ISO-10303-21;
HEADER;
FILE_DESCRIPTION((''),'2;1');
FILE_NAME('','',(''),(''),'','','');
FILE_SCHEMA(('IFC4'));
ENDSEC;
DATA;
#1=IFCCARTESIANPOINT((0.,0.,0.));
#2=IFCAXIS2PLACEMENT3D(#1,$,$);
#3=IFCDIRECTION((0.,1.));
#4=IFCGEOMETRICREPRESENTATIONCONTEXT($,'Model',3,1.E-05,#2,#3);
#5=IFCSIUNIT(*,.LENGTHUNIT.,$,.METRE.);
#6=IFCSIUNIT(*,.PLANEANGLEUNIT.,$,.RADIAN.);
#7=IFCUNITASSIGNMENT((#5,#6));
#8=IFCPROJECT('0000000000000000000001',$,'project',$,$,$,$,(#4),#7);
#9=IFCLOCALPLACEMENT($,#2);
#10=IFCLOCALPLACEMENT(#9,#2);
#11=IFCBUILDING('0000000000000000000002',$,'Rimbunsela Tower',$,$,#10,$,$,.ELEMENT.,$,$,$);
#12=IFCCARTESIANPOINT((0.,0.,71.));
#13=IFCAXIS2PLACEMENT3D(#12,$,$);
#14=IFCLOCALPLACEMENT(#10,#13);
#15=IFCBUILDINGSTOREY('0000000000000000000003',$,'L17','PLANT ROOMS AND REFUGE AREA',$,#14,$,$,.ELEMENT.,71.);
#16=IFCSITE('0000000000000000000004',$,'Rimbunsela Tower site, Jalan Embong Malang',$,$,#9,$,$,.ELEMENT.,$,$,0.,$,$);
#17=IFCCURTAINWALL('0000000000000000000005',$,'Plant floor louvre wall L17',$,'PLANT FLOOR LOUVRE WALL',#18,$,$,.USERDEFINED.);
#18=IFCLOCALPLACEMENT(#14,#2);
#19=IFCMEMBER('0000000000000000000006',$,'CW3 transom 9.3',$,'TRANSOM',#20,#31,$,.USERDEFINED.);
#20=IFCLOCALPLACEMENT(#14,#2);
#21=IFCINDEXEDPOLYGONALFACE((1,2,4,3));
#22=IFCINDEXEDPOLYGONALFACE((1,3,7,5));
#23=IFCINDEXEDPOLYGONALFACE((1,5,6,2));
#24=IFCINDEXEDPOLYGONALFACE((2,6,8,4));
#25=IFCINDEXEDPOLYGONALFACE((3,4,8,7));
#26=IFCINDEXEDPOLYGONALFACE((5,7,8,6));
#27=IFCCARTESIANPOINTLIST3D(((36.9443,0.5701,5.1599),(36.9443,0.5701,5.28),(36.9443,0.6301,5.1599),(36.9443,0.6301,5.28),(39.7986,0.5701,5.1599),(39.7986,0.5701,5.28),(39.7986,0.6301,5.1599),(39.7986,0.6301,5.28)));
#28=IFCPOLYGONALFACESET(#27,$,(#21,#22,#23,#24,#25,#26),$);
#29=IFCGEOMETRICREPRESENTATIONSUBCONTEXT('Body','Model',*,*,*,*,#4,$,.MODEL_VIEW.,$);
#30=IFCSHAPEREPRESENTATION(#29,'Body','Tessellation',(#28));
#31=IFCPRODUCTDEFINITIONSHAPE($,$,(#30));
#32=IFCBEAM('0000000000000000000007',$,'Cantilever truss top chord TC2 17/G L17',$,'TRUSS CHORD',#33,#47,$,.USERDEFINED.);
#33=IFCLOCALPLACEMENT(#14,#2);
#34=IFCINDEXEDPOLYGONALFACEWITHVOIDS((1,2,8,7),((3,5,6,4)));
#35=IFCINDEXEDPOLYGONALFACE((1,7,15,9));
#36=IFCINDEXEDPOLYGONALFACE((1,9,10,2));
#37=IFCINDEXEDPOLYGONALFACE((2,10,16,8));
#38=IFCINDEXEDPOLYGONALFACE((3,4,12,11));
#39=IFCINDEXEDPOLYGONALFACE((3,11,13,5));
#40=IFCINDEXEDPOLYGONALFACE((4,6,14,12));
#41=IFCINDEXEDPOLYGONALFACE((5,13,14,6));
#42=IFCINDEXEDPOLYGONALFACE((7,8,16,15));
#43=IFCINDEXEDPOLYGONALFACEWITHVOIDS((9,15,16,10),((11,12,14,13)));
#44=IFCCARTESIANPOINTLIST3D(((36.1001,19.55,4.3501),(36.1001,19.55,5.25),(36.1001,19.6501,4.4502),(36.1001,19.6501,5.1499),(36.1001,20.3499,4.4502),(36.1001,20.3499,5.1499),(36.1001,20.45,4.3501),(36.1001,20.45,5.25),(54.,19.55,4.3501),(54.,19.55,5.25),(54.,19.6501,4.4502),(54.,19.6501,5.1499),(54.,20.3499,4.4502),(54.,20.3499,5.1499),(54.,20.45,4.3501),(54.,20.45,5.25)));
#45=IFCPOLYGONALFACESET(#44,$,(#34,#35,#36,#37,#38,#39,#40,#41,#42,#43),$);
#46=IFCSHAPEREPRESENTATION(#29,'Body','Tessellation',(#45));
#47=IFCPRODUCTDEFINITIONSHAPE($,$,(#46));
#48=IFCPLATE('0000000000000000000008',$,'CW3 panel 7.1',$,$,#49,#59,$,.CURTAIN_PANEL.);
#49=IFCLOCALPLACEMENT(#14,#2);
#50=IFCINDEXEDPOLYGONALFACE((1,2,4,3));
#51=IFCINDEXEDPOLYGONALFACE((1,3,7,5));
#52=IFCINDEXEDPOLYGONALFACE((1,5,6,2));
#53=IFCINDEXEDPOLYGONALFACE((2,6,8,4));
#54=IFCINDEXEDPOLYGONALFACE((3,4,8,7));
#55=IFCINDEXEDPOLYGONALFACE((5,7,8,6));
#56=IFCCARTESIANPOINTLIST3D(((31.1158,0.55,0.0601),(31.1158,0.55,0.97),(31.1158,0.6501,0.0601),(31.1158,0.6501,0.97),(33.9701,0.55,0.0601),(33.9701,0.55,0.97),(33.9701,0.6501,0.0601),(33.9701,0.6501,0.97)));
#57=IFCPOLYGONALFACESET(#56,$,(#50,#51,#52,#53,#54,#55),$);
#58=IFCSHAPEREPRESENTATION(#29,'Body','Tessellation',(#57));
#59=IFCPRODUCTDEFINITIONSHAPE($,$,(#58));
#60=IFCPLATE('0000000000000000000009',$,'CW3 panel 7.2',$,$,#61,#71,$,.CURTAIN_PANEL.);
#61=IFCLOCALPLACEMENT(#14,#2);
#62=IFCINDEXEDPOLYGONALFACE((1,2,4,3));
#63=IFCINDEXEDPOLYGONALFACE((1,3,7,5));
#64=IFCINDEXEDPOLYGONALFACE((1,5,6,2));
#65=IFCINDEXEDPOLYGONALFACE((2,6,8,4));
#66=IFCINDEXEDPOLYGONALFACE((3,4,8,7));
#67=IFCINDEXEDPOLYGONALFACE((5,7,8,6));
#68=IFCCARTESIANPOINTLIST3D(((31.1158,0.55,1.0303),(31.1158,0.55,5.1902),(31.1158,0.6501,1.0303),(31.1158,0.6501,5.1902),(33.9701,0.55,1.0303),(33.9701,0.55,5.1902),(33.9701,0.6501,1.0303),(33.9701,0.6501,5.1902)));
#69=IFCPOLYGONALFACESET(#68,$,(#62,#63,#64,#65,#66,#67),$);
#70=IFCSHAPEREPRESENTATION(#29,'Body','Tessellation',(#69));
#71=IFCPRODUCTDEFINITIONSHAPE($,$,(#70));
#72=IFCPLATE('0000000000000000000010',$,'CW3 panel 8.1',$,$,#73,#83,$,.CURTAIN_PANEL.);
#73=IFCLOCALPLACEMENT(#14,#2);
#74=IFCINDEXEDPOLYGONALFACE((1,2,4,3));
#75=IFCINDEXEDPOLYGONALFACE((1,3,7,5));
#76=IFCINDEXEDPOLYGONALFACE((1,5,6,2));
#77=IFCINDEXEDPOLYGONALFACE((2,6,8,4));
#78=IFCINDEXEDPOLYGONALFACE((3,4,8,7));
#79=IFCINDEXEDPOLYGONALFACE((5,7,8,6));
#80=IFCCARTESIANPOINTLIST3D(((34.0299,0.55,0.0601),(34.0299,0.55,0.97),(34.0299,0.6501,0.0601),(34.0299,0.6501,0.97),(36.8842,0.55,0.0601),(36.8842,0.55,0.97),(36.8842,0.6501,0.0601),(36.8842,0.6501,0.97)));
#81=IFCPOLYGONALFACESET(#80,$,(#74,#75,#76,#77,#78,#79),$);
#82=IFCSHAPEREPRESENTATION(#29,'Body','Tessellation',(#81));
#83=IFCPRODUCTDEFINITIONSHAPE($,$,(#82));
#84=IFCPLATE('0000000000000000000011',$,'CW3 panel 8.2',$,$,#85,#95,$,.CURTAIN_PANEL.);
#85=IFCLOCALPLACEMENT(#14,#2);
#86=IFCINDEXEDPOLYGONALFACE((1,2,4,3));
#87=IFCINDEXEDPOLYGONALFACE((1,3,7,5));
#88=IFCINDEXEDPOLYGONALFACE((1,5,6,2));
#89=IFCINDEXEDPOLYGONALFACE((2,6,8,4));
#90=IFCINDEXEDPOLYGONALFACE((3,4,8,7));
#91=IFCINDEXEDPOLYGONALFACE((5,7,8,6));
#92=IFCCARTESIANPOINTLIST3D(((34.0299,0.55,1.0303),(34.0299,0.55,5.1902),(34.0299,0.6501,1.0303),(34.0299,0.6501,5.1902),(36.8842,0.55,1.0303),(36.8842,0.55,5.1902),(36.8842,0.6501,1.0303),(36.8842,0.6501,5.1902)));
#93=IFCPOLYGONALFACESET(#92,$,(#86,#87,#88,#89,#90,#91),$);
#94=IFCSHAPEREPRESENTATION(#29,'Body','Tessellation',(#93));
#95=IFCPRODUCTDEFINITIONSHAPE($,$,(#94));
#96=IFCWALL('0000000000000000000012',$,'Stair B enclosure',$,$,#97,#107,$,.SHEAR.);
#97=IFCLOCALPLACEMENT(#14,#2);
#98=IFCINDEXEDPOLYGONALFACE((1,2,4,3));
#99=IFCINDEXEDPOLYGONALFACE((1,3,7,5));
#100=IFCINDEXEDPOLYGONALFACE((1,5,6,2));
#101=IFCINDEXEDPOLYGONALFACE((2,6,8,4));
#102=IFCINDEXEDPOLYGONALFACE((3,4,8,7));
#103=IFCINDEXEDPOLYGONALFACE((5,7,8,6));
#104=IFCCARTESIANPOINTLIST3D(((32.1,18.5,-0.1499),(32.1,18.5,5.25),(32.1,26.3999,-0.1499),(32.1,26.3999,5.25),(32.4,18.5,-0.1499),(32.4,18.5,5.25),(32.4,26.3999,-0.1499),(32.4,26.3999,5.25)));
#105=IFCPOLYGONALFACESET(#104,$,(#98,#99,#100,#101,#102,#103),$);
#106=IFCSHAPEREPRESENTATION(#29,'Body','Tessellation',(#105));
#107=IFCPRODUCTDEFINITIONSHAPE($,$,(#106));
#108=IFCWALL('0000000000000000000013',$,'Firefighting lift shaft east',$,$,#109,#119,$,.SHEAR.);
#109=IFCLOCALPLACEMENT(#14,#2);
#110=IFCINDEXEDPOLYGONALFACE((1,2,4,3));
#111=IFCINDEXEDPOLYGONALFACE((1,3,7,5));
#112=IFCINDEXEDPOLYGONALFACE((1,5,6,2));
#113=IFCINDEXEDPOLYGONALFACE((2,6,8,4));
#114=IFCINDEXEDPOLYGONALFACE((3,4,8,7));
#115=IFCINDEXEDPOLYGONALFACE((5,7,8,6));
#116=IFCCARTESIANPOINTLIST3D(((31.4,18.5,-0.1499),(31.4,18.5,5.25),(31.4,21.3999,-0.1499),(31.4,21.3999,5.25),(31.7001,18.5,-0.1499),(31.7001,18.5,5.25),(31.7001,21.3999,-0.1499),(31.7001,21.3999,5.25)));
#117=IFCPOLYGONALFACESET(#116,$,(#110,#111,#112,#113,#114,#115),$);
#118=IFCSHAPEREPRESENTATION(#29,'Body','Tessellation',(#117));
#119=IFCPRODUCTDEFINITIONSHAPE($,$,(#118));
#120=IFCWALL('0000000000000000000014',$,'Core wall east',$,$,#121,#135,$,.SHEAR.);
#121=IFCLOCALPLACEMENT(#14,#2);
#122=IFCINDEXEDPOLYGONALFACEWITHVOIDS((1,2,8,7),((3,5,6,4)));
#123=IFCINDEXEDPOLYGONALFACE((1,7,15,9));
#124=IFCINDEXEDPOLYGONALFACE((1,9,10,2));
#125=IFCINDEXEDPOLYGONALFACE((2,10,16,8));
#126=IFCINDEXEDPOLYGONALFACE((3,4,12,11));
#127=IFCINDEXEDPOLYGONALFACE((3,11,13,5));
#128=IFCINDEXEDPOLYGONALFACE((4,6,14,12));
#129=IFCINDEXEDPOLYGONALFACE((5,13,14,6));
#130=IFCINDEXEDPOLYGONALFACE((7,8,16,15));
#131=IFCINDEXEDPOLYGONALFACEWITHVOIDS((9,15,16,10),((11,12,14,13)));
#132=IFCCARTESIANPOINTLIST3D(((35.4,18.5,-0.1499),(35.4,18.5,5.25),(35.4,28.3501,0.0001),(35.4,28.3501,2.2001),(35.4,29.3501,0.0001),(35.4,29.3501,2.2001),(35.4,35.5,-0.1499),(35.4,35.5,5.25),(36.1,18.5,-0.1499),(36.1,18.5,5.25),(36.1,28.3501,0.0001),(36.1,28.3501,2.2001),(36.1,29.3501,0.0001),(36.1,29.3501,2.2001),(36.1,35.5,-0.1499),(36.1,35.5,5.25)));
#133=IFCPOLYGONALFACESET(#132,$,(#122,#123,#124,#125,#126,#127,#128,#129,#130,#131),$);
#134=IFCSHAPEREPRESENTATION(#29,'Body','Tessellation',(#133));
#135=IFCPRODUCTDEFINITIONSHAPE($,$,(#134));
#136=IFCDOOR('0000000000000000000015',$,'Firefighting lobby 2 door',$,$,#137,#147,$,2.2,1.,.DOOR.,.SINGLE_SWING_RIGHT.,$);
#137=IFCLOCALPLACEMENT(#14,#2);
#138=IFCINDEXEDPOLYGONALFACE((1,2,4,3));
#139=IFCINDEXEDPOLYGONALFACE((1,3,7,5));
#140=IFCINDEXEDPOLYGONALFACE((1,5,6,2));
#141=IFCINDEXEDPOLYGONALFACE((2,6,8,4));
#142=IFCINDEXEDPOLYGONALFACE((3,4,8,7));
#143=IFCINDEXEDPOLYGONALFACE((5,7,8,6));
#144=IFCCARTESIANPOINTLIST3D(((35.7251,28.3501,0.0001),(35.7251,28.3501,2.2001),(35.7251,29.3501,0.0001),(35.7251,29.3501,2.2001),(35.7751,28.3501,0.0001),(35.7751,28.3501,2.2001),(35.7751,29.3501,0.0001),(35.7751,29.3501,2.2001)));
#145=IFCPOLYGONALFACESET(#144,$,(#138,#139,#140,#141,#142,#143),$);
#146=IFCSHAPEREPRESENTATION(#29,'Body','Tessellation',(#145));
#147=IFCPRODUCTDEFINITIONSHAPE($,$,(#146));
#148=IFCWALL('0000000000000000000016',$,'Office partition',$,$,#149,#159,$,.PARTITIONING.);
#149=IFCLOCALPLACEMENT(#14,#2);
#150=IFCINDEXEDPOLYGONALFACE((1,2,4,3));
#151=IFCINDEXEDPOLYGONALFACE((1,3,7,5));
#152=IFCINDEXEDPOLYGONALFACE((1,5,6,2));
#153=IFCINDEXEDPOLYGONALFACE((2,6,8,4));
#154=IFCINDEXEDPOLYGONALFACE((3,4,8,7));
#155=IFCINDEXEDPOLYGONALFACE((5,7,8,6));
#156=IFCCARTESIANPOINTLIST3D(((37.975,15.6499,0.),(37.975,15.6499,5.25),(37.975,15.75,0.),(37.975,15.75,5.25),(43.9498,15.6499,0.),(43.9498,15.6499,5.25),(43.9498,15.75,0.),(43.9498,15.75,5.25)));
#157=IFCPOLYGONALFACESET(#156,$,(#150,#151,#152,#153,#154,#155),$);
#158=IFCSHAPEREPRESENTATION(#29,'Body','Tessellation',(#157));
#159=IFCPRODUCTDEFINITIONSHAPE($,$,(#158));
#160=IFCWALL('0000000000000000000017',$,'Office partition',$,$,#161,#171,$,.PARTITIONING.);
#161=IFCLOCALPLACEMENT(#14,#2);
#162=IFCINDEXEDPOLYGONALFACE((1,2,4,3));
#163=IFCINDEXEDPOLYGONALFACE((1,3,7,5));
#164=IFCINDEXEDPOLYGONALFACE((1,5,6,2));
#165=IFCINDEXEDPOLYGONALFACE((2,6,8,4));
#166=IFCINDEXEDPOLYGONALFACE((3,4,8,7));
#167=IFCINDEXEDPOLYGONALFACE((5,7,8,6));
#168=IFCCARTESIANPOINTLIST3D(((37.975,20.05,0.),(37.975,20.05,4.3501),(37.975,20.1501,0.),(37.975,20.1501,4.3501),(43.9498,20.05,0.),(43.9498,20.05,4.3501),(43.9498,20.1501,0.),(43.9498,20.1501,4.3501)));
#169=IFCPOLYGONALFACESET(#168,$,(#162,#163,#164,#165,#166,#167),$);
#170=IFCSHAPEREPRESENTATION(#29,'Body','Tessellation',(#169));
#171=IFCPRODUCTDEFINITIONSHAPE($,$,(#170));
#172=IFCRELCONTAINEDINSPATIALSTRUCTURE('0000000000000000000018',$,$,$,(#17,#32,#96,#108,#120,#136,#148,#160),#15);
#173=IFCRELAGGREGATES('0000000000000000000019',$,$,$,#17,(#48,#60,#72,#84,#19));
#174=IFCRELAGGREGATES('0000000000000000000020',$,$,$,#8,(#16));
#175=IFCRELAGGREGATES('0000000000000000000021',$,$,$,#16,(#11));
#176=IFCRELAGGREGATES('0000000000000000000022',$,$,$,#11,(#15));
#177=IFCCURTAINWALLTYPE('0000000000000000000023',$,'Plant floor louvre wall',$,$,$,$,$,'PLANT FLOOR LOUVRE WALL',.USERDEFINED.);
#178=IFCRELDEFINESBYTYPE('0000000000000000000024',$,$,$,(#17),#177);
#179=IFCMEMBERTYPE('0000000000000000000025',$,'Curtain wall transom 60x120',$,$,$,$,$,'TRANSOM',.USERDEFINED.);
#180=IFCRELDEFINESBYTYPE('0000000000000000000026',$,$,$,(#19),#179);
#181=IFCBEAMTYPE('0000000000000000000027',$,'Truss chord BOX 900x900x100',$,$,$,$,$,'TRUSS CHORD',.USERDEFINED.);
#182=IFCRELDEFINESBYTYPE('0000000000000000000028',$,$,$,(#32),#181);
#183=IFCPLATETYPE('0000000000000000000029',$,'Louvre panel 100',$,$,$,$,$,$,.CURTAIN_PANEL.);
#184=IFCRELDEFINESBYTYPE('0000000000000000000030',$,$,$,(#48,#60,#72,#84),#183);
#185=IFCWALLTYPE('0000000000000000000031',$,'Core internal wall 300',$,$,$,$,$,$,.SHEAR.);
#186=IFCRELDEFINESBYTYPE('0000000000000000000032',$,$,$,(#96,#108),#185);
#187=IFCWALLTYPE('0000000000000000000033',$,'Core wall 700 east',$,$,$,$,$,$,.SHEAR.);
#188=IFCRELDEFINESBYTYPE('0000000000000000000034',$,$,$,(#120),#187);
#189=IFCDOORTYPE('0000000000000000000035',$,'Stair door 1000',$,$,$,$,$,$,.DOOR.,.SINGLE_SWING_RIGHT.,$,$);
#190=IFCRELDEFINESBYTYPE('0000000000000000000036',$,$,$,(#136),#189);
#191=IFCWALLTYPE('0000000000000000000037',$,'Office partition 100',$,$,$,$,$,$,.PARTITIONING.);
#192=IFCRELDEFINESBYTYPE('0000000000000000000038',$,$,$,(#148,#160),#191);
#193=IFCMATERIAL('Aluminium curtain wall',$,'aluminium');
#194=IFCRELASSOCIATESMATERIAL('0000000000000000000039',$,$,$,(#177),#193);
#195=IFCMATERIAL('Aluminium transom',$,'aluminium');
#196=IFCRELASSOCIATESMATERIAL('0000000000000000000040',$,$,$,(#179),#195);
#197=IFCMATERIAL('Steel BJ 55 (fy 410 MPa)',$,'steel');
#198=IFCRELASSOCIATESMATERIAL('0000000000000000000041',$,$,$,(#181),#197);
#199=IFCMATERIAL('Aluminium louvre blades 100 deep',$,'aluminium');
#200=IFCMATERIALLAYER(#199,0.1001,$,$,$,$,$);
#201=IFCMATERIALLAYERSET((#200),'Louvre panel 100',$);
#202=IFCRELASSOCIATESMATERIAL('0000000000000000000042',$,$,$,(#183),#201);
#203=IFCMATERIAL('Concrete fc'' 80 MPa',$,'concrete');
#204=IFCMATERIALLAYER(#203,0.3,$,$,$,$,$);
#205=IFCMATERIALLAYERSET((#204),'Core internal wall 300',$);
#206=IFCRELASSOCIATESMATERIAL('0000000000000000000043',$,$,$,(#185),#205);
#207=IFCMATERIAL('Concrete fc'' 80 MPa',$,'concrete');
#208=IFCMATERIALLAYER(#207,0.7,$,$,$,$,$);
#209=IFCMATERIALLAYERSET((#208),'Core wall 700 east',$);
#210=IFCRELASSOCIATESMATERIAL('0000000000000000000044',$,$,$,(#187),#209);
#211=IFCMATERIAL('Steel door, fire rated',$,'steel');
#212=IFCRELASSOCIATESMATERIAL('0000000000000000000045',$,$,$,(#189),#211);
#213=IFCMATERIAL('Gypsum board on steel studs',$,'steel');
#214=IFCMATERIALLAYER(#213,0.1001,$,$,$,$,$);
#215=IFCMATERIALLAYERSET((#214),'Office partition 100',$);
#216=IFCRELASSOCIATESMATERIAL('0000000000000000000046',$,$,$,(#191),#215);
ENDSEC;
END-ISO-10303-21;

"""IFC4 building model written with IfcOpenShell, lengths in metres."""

from ifc_helpers import new_model, si_unit, direction, frame, frame_2d, origin, origin_2d, place, context, subcontext, project, spatial, rectangle, hollow_rectangle, extrude, material, layer, layer_set, material_profile, profile_set, type_object, element, fill, aggregate, save


model = new_model("IFC4")

# Units and contexts
model_context = context("Model", 3, precision=1e-05, world=origin(), true_north=direction((0.0, 1.0)))
body_context = subcontext(model_context, "Body", "Model", "MODEL_VIEW")
ifc_project = project(units=[si_unit("LENGTHUNIT", "METRE"), si_unit("PLANEANGLEUNIT", "RADIAN")], contexts=[model_context])

# Site, building, storey
site_placement = place(None, origin())
site = spatial("IfcSite", under=ifc_project, at=site_placement, Name="Rimbunsela Tower site, Jalan Embong Malang", CompositionType="ELEMENT", RefElevation=0.0)
building_placement = place(site_placement, origin())
building = spatial("IfcBuilding", under=site, at=building_placement, Name="Rimbunsela Tower", CompositionType="ELEMENT")
storey_placement = place(building_placement, frame((0.0, 0.0, 71.0)))
storey = spatial("IfcBuildingStorey", under=building, at=storey_placement, Name="L17", Description="PLANT ROOMS AND REFUGE AREA", CompositionType="ELEMENT", Elevation=71.0)

# Curtain wall, member
ifc_material_1 = material(Name="Aluminium curtain wall", Category="aluminium")
curtain_wall_type = type_object("IfcCurtainWallType", Name="Plant floor louvre wall", ElementType="PLANT FLOOR LOUVRE WALL", PredefinedType="USERDEFINED", material=ifc_material_1)
curtain_wall_placement = place(storey_placement, origin())
curtain_wall = element("IfcCurtainWall", 1, at=curtain_wall_placement, inside=storey, type_object=curtain_wall_type, Name="Plant floor louvre wall L17", ObjectType="PLANT FLOOR LOUVRE WALL", PredefinedType="USERDEFINED")
ifc_material_2 = material(Name="Aluminium transom", Category="aluminium")
ifc_material_profile_1 = material_profile(ifc_material_2, rectangle(XDim=0.0601, YDim=0.1201, at=origin_2d()), Name="Transom 60x120")
ifc_profile_set_1 = profile_set([ifc_material_profile_1], Name="Aluminium transom")
member_type_1 = type_object("IfcMemberType", Name="Curtain wall transom 60x120", ElementType="TRANSOM", PredefinedType="USERDEFINED", material=ifc_profile_set_1)
member_1_placement = place(storey_placement, frame((36.9443, 0.6001, 5.22), z_axis=(1.0, 0.0, 0.0), x_axis=(0.0, 1.0, 0.0)))
member_1 = element("IfcMember", 2, at=member_1_placement, type_object=member_type_1, Name="CW3 transom 9.3", ObjectType="TRANSOM", PredefinedType="USERDEFINED", context=body_context, shape_type="SweptSolid", body=[
    extrude(rectangle(XDim=0.0601, YDim=0.1201, at=origin_2d()), origin(), (0.0, 0.0, 1.0), 2.8542),
])

# Beam
ifc_material_3 = material(Name="Steel BJ 55 (fy 410 MPa)", Category="steel")
ifc_material_profile_2 = material_profile(ifc_material_3, hollow_rectangle(XDim=0.8999, YDim=0.8999, WallThickness=0.1001, at=origin_2d()), Name="BOX 900x900x100")
ifc_profile_set_2 = profile_set([ifc_material_profile_2], Name="Steel BJ 55 (fy 410 MPa)")
beam_type_1 = type_object("IfcBeamType", Name="Truss chord BOX 900x900x100", ElementType="TRUSS CHORD", PredefinedType="USERDEFINED", material=ifc_profile_set_2)
beam_1_placement = place(storey_placement, frame((36.1001, 20.0, 4.8), z_axis=(1.0, 0.0, 0.0), x_axis=(0.0, 1.0, 0.0)))
element("IfcBeam", 3, at=beam_1_placement, inside=storey, type_object=beam_type_1, Name="Cantilever truss top chord TC2 17/G L17", ObjectType="TRUSS CHORD", PredefinedType="USERDEFINED", context=body_context, shape_type="SweptSolid", body=[
    extrude(hollow_rectangle(XDim=0.8999, YDim=0.8999, WallThickness=0.1001, at=origin_2d()), origin(), (0.0, 0.0, 1.0), 17.8999),
])

# Plates
ifc_material_4 = material(Name="Aluminium louvre blades 100 deep", Category="aluminium")
ifc_layer_1 = layer(ifc_material_4, 0.1001)
ifc_layer_set_1 = layer_set([ifc_layer_1], Name="Louvre panel 100")
plate_type = type_object("IfcPlateType", Name="Louvre panel 100", PredefinedType="CURTAIN_PANEL", material=ifc_layer_set_1)
plate_1_placement = place(storey_placement, frame((32.543, 0.6001, 0.0601), z_axis=(0.0, 0.0, 1.0), x_axis=(1.0, 0.0, 0.0)))
plate_1 = element("IfcPlate", 4, at=plate_1_placement, type_object=plate_type, Name="CW3 panel 7.1", PredefinedType="CURTAIN_PANEL", context=body_context, shape_type="SweptSolid", body=[
    extrude(rectangle(XDim=2.8542, YDim=0.1001, at=origin_2d()), origin(), (0.0, 0.0, 1.0), 0.9099),
])
plate_2_placement = place(storey_placement, frame((32.543, 0.6001, 1.0303), z_axis=(0.0, 0.0, 1.0), x_axis=(1.0, 0.0, 0.0)))
plate_2 = element("IfcPlate", 5, at=plate_2_placement, type_object=plate_type, Name="CW3 panel 7.2", PredefinedType="CURTAIN_PANEL", context=body_context, shape_type="SweptSolid", body=[
    extrude(rectangle(XDim=2.8542, YDim=0.1001, at=origin_2d()), origin(), (0.0, 0.0, 1.0), 4.1599),
])
plate_3_placement = place(storey_placement, frame((35.457, 0.6001, 0.0601), z_axis=(0.0, 0.0, 1.0), x_axis=(1.0, 0.0, 0.0)))
plate_3 = element("IfcPlate", 6, at=plate_3_placement, type_object=plate_type, Name="CW3 panel 8.1", PredefinedType="CURTAIN_PANEL", context=body_context, shape_type="SweptSolid", body=[
    extrude(rectangle(XDim=2.8542, YDim=0.1001, at=origin_2d()), origin(), (0.0, 0.0, 1.0), 0.9099),
])
plate_4_placement = place(storey_placement, frame((35.457, 0.6001, 1.0303), z_axis=(0.0, 0.0, 1.0), x_axis=(1.0, 0.0, 0.0)))
plate_4 = element("IfcPlate", 7, at=plate_4_placement, type_object=plate_type, Name="CW3 panel 8.2", PredefinedType="CURTAIN_PANEL", context=body_context, shape_type="SweptSolid", body=[
    extrude(rectangle(XDim=2.8542, YDim=0.1001, at=origin_2d()), origin(), (0.0, 0.0, 1.0), 4.1599),
])
aggregate(curtain_wall, [plate_1, plate_2, plate_3, plate_4, member_1])

# Walls
ifc_material_5 = material(Name="Concrete fc' 80 MPa", Category="concrete")
ifc_layer_2 = layer(ifc_material_5, 0.3)
ifc_layer_set_2 = layer_set([ifc_layer_2], Name="Core internal wall 300")
wall_type_1 = type_object("IfcWallType", Name="Core internal wall 300", PredefinedType="SHEAR", material=ifc_layer_set_2)
wall_1_placement = place(storey_placement, frame((32.25, 18.5, -0.1499), z_axis=(0.0, 0.0, 1.0), x_axis=(0.0, 1.0, 0.0)))
element("IfcWall", 8, at=wall_1_placement, inside=storey, type_object=wall_type_1, Name="Stair B enclosure", PredefinedType="SHEAR", context=body_context, shape_type="SweptSolid", body=[
    extrude(rectangle(XDim=7.8999, YDim=0.3, at=frame_2d((3.95, 0.0))), origin(), (0.0, 0.0, 1.0), 5.3999),
])
wall_2_placement = place(storey_placement, frame((31.55, 18.5, -0.1499), z_axis=(0.0, 0.0, 1.0), x_axis=(0.0, 1.0, 0.0)))
element("IfcWall", 9, at=wall_2_placement, inside=storey, type_object=wall_type_1, Name="Firefighting lift shaft east", PredefinedType="SHEAR", context=body_context, shape_type="SweptSolid", body=[
    extrude(rectangle(XDim=2.8999, YDim=0.3, at=frame_2d((1.45, 0.0))), origin(), (0.0, 0.0, 1.0), 5.3999),
])

# Wall, opening, door
ifc_material_6 = material(Name="Concrete fc' 80 MPa", Category="concrete")
ifc_layer_3 = layer(ifc_material_6, 0.7)
ifc_layer_set_3 = layer_set([ifc_layer_3], Name="Core wall 700 east")
wall_type_2 = type_object("IfcWallType", Name="Core wall 700 east", PredefinedType="SHEAR", material=ifc_layer_set_3)
wall_3_placement = place(storey_placement, frame((35.75, 18.5, -0.1499), z_axis=(0.0, 0.0, 1.0), x_axis=(0.0, 1.0, 0.0)))
wall_3 = element("IfcWall", 10, at=wall_3_placement, inside=storey, type_object=wall_type_2, Name="Core wall east", PredefinedType="SHEAR", context=body_context, shape_type="SweptSolid", body=[
    extrude(rectangle(XDim=17.0, YDim=0.7, at=frame_2d((8.5, 0.0))), origin(), (0.0, 0.0, 1.0), 5.3999),
])
opening_1_placement = place(wall_3_placement, frame((9.8501, 0.0, 0.1499)))
opening_1 = element("IfcOpeningElement", 11, at=opening_1_placement, cuts=wall_3, PredefinedType="OPENING", context=body_context, shape_type="SweptSolid", body=[
    extrude(rectangle(XDim=1.0, YDim=2.2, at=frame_2d((0.5, 1.1001))), frame((0.0, 0.3599, 0.0), z_axis=(0.0, -1.0, 0.0), x_axis=(1.0, 0.0, 0.0)), (0.0, 0.0, 1.0), 0.72),
])
ifc_material_7 = material(Name="Steel door, fire rated", Category="steel")
door_type_1 = type_object("IfcDoorType", Name="Stair door 1000", OperationType="SINGLE_SWING_RIGHT", PredefinedType="DOOR", material=ifc_material_7)
door_1_placement = place(opening_1_placement, origin())
door_1 = element("IfcDoor", 12, at=door_1_placement, inside=storey, type_object=door_type_1, Name="Firefighting lobby 2 door", OperationType="SINGLE_SWING_RIGHT", OverallHeight=2.2, OverallWidth=1.0, PredefinedType="DOOR", context=body_context, shape_type="SweptSolid", body=[
    extrude(rectangle(XDim=1.0, YDim=2.2, at=frame_2d((0.5, 1.1001))), frame((0.0, 0.0249, 0.0), z_axis=(0.0, -1.0, 0.0), x_axis=(1.0, 0.0, 0.0)), (0.0, 0.0, 1.0), 0.05),
])
fill(opening_1, door_1)

# Walls
ifc_material_8 = material(Name="Gypsum board on steel studs", Category="steel")
ifc_layer_4 = layer(ifc_material_8, 0.1001)
ifc_layer_set_4 = layer_set([ifc_layer_4], Name="Office partition 100")
wall_type_3 = type_object("IfcWallType", Name="Office partition 100", PredefinedType="PARTITIONING", material=ifc_layer_set_4)
wall_4_placement = place(storey_placement, frame((37.9751, 15.7, 0.0), z_axis=(0.0, 0.0, 1.0), x_axis=(1.0, 0.0, 0.0)))
element("IfcWall", 13, at=wall_4_placement, inside=storey, type_object=wall_type_3, Name="Office partition", PredefinedType="PARTITIONING", context=body_context, shape_type="SweptSolid", body=[
    extrude(rectangle(XDim=5.9749, YDim=0.1001, at=frame_2d((2.9873, 0.0))), origin(), (0.0, 0.0, 1.0), 5.25),
])
wall_5_placement = place(storey_placement, frame((37.9751, 20.1001, 0.0), z_axis=(0.0, 0.0, 1.0), x_axis=(1.0, 0.0, 0.0)))
element("IfcWall", 14, at=wall_5_placement, inside=storey, type_object=wall_type_3, Name="Office partition", PredefinedType="PARTITIONING", context=body_context, shape_type="SweptSolid", body=[
    extrude(rectangle(XDim=5.9749, YDim=0.1001, at=frame_2d((2.9873, 0.0))), origin(), (0.0, 0.0, 1.0), 4.3501),
])

save(model, "model.ifc")
